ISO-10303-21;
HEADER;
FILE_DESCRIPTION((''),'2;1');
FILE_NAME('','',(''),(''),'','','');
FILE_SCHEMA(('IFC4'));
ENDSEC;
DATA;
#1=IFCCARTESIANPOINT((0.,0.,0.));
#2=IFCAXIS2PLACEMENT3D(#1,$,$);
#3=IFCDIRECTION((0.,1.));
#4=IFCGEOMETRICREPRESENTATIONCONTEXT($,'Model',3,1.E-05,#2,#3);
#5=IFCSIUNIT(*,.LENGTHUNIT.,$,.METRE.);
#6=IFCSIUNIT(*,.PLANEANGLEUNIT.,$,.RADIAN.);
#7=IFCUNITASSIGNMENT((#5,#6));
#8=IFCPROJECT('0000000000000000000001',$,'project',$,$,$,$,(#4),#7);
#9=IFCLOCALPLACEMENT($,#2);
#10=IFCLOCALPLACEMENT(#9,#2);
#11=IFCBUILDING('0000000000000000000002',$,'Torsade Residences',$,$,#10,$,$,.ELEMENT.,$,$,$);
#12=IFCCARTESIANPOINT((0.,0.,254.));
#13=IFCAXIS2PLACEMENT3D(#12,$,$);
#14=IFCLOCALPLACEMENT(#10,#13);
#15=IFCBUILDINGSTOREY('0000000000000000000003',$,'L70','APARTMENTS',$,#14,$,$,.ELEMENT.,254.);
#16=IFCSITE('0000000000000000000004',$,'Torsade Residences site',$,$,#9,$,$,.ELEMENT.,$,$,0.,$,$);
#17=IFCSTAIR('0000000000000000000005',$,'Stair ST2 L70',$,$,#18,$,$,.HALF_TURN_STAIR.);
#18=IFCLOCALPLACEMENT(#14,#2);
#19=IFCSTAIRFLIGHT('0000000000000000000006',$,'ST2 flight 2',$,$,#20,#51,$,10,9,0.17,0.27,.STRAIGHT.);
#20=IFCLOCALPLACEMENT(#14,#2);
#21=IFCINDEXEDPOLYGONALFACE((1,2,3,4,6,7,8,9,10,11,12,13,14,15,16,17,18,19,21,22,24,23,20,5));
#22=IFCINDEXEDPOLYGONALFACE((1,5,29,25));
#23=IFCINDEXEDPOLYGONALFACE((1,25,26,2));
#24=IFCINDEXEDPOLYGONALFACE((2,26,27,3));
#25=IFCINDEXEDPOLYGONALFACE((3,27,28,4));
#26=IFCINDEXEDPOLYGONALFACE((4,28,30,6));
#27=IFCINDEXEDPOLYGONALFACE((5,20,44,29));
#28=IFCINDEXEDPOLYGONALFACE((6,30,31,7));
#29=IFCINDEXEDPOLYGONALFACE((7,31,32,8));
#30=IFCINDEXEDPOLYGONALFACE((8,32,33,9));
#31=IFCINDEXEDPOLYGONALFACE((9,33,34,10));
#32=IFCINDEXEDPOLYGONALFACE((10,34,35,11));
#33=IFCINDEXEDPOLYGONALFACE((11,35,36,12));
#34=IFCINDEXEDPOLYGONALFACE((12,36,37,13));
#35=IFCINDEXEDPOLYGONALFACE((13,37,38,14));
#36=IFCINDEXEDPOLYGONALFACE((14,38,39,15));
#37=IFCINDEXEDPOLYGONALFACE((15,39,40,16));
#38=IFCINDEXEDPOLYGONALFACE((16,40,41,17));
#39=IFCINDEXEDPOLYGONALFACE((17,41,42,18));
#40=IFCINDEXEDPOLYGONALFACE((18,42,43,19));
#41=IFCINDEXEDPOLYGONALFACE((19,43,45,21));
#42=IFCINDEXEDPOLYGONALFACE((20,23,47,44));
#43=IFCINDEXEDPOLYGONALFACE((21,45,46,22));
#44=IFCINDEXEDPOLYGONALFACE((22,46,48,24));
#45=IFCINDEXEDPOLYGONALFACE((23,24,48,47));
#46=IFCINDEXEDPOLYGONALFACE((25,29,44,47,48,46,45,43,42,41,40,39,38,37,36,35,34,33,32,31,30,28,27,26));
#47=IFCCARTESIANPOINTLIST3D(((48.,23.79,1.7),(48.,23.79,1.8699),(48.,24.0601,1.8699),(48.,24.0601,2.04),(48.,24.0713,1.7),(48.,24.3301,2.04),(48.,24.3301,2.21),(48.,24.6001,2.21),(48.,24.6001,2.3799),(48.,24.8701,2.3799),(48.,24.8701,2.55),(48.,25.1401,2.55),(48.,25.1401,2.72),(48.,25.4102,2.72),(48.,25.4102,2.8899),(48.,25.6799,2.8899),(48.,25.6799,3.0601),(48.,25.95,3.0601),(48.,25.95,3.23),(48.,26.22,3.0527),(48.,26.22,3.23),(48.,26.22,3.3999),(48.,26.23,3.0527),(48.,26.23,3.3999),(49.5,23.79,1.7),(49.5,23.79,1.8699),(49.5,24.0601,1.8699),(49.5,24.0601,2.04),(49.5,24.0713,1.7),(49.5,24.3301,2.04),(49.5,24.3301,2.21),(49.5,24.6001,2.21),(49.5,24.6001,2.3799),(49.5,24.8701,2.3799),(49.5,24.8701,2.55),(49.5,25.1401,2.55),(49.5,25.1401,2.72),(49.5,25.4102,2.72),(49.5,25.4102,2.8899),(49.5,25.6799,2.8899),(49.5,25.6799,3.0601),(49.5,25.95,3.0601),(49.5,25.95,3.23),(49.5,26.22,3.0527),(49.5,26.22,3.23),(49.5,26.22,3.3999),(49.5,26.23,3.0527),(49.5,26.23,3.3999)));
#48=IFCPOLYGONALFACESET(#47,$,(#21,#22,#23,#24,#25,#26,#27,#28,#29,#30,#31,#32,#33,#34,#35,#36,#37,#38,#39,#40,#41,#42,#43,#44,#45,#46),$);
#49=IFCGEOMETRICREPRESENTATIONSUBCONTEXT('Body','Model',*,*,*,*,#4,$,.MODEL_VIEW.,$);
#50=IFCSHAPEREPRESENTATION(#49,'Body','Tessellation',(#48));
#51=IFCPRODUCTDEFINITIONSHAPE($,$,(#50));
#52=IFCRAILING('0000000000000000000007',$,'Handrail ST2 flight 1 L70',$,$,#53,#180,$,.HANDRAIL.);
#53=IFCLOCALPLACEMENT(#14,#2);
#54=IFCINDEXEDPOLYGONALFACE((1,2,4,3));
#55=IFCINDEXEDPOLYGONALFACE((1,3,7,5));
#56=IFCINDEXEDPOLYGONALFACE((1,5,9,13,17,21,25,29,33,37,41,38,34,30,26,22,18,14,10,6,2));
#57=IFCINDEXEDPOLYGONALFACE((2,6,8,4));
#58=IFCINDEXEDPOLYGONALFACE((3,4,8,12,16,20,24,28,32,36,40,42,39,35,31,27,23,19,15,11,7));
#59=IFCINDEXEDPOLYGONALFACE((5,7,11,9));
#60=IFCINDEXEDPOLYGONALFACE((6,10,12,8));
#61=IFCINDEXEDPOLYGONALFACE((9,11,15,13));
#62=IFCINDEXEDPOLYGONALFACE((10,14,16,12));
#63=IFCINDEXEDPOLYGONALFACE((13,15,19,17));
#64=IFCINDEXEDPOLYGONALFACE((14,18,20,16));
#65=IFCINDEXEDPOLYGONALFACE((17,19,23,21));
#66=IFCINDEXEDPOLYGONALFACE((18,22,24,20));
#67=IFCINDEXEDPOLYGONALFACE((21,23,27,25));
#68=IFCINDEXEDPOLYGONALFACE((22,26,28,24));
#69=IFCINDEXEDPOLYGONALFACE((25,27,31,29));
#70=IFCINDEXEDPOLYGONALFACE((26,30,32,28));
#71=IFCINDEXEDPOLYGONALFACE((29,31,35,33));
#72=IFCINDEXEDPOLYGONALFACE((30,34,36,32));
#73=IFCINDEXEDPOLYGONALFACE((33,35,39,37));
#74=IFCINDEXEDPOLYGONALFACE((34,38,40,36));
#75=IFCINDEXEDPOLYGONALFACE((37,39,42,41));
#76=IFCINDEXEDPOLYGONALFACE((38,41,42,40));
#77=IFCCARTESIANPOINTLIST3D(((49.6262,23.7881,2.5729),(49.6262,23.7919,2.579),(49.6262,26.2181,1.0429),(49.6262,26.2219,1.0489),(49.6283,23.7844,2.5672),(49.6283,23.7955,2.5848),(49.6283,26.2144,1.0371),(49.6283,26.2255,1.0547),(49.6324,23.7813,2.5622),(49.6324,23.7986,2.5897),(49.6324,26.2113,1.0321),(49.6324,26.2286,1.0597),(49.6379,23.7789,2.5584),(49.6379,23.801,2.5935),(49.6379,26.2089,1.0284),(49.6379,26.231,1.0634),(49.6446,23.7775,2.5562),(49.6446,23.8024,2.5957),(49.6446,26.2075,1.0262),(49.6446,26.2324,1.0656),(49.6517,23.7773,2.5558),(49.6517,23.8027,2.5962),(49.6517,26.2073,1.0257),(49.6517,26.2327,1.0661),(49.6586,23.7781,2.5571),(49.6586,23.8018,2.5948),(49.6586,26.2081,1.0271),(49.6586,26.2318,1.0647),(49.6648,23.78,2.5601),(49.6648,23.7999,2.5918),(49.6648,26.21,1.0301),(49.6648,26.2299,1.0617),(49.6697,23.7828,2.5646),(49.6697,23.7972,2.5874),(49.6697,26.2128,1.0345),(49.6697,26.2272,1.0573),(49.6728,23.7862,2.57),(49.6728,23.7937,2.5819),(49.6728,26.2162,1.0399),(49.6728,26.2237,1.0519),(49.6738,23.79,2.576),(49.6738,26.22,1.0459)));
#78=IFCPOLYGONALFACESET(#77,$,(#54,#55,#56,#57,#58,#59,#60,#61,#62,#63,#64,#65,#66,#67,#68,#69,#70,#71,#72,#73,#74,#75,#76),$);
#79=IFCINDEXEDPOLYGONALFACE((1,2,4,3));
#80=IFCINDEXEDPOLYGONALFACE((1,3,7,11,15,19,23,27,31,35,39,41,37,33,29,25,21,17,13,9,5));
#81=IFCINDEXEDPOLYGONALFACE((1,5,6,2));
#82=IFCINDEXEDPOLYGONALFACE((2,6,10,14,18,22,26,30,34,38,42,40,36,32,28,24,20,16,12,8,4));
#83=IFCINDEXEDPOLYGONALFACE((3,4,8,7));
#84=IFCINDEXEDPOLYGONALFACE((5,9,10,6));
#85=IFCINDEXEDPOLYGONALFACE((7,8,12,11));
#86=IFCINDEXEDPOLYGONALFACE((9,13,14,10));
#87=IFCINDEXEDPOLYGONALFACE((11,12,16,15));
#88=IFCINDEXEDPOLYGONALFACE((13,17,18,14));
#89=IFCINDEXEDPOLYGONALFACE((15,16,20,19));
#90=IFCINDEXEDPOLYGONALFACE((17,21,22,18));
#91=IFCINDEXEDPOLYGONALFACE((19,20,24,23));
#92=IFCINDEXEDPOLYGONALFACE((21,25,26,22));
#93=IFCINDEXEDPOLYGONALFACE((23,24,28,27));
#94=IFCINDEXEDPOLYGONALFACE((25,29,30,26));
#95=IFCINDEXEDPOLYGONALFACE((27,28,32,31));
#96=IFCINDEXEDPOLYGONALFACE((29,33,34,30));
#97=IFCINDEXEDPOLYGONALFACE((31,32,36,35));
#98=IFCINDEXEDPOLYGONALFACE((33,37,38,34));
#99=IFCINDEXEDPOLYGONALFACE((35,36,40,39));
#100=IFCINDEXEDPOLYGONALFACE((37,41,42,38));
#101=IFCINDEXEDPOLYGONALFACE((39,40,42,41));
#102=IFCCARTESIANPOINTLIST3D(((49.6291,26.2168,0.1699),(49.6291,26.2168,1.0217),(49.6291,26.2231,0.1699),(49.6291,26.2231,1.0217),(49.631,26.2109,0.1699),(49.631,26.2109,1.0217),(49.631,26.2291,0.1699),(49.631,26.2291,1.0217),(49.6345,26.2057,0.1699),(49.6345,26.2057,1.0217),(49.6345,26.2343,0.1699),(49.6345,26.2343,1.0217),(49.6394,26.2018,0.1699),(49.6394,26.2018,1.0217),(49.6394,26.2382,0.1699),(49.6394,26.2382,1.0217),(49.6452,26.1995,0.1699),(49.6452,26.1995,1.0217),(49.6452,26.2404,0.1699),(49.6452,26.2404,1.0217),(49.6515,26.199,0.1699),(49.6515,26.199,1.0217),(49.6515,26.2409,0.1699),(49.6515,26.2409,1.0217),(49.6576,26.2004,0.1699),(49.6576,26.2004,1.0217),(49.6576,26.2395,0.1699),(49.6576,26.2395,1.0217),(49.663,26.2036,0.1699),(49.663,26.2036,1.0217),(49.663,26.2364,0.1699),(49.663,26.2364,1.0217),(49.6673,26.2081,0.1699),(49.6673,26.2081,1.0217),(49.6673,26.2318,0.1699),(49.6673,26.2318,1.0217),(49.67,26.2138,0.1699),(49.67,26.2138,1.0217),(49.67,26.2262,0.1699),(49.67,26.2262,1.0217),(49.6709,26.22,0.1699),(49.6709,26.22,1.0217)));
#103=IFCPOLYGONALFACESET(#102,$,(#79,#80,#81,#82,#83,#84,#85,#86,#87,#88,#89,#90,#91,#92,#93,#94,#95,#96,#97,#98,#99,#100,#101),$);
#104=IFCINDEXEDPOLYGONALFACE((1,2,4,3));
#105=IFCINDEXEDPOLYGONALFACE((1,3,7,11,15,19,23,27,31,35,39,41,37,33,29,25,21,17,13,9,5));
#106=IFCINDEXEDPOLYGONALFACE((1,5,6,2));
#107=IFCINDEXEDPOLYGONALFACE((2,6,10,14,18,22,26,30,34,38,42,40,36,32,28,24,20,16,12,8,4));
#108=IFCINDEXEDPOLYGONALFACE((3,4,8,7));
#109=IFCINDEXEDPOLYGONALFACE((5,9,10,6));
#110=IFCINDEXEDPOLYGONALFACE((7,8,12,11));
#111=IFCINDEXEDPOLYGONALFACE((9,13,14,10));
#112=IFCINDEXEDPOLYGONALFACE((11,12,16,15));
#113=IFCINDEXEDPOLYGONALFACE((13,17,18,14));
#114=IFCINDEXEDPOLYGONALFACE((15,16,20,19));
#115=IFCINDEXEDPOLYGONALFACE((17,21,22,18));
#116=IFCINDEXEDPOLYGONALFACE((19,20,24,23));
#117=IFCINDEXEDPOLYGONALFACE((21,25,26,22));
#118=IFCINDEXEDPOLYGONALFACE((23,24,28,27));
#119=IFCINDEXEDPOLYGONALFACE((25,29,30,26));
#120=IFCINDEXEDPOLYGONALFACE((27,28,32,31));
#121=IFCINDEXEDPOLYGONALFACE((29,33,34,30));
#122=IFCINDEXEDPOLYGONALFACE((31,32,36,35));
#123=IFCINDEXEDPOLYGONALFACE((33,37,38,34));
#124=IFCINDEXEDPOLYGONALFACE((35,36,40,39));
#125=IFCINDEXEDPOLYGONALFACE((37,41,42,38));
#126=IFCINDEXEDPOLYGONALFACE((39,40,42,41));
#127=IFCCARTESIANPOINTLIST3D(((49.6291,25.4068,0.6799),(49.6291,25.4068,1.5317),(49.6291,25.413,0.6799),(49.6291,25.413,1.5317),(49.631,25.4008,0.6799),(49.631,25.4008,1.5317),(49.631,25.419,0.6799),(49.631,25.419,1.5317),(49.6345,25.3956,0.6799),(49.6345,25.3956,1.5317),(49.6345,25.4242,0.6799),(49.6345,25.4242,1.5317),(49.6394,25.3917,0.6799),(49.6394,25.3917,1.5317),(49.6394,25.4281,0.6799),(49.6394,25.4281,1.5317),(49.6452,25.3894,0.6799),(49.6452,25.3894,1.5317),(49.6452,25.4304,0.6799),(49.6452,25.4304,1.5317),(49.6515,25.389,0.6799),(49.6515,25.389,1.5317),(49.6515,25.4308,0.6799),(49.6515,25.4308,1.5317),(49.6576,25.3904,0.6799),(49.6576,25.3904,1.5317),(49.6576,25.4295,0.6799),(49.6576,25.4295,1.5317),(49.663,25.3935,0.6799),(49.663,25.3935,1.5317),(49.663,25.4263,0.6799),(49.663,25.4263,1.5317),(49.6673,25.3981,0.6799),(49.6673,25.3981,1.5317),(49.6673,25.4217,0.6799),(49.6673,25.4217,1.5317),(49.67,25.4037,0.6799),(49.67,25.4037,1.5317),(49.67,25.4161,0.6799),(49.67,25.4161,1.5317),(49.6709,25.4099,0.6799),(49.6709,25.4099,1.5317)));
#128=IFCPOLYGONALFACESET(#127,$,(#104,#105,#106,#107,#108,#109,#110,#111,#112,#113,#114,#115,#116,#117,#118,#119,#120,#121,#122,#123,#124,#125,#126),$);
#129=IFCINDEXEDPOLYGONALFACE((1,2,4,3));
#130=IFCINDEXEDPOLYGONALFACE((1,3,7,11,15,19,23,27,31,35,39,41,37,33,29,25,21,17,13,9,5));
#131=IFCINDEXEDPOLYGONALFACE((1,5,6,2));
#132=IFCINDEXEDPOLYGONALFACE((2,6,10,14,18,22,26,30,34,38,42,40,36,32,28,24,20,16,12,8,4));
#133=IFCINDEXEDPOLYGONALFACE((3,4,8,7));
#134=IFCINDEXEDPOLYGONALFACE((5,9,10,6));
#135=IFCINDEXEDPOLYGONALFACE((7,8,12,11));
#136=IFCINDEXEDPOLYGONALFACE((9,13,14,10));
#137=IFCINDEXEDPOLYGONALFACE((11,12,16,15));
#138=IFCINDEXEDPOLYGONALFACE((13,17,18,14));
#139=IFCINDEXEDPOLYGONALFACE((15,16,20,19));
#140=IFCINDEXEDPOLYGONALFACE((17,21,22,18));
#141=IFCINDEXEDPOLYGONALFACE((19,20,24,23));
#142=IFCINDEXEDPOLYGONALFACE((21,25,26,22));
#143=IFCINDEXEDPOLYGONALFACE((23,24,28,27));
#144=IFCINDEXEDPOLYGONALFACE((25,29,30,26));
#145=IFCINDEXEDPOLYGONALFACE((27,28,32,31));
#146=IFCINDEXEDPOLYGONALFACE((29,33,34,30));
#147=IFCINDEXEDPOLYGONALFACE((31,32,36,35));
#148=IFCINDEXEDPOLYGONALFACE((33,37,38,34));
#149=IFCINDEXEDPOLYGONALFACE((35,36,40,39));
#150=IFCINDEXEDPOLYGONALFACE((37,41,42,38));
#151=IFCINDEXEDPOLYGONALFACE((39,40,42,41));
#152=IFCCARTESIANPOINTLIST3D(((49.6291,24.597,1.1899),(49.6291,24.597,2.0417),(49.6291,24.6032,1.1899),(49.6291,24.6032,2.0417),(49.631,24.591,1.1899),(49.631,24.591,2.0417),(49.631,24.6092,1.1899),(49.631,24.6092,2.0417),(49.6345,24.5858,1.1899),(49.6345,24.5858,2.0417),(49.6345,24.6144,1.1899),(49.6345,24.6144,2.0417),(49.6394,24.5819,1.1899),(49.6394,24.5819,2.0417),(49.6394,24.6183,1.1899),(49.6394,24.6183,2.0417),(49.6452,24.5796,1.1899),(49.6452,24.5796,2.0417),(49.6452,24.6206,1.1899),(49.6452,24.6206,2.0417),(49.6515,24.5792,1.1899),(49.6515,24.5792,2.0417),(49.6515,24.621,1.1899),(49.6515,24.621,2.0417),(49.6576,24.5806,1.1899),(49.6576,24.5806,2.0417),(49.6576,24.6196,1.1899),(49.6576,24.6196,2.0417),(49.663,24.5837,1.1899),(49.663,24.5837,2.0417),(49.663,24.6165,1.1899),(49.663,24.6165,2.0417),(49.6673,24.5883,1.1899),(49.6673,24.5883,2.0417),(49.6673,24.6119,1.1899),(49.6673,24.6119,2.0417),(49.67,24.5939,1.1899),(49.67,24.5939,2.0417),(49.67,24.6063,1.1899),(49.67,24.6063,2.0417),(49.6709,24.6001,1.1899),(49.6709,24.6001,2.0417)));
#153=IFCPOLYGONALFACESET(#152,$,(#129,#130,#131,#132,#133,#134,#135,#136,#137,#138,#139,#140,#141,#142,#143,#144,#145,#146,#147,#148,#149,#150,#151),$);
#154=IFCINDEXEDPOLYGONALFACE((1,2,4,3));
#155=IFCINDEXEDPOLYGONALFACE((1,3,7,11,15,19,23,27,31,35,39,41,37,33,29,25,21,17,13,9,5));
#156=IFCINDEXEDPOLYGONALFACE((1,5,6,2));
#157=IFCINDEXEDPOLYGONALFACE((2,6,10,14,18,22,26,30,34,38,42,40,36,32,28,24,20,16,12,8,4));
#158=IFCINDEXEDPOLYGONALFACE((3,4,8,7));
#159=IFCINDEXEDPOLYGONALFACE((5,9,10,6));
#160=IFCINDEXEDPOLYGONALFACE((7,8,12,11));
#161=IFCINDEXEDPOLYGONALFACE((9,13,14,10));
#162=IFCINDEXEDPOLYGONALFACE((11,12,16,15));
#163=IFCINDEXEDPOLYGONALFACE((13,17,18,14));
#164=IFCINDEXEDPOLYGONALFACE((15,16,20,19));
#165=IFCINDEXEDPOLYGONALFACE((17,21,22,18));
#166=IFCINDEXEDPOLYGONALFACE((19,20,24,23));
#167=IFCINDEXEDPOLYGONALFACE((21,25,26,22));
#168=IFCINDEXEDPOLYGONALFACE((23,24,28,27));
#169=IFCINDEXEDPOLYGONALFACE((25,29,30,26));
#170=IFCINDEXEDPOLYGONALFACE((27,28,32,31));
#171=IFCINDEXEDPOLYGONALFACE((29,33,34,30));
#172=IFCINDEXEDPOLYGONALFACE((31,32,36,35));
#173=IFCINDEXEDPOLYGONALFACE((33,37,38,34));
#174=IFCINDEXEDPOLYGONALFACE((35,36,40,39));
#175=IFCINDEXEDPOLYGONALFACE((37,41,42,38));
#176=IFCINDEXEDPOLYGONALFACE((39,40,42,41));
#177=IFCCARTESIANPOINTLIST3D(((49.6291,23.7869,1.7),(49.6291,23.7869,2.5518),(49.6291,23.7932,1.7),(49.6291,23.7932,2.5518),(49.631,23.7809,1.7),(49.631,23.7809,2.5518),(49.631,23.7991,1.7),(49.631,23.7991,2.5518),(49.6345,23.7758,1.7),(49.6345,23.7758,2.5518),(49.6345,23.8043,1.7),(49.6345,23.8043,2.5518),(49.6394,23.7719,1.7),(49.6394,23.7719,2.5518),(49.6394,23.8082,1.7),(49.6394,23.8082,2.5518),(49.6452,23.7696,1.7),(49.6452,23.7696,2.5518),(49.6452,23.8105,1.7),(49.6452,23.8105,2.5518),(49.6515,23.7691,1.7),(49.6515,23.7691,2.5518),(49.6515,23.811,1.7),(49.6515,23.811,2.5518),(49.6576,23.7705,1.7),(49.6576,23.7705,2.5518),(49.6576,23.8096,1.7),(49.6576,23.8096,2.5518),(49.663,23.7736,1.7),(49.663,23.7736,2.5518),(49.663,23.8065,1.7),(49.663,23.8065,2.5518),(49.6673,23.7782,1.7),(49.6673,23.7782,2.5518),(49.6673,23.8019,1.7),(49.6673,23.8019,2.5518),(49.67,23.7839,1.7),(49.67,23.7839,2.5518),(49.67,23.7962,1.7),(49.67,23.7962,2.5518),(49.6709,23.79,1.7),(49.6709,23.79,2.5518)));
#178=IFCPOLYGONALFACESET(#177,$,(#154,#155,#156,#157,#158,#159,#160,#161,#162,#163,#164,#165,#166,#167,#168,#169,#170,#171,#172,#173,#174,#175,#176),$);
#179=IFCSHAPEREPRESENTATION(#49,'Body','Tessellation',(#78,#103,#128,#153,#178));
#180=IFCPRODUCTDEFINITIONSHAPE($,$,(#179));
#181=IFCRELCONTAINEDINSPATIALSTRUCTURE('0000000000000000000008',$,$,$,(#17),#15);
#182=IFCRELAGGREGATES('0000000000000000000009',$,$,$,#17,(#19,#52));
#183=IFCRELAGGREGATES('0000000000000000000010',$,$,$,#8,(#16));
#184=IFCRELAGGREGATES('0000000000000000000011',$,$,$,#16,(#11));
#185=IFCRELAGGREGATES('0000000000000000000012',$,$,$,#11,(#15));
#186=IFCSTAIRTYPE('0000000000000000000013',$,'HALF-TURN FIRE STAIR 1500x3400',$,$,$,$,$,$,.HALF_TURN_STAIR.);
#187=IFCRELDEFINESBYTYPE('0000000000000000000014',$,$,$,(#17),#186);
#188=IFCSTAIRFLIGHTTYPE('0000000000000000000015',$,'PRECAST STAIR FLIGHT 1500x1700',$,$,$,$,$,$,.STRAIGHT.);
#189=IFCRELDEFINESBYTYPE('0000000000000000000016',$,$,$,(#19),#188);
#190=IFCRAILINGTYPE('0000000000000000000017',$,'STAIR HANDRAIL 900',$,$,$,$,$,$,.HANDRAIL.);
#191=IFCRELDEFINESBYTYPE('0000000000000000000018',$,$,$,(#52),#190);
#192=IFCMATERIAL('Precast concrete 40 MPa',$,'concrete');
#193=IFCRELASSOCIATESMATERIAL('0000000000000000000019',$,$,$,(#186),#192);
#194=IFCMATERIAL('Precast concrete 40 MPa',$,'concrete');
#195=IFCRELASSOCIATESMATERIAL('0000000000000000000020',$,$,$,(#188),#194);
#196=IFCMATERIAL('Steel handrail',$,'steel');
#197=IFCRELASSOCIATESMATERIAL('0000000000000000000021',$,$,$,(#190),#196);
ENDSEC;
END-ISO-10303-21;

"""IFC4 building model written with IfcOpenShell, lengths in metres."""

from ifc_helpers import new_model, si_unit, direction, frame, origin, origin_2d, place, context, subcontext, project, spatial, polyline, circle, outline, extrude, material, type_object, element, aggregate, save


model = new_model("IFC4")

# Units and contexts
model_context = context("Model", 3, precision=1e-05, world=origin(), true_north=direction((0.0, 1.0)))
body_context = subcontext(model_context, "Body", "Model", "MODEL_VIEW")
ifc_project = project(units=[si_unit("LENGTHUNIT", "METRE"), si_unit("PLANEANGLEUNIT", "RADIAN")], contexts=[model_context])

# Site, building, storey
site_placement = place(None, origin())
site = spatial("IfcSite", under=ifc_project, at=site_placement, Name="Torsade Residences site", CompositionType="ELEMENT", RefElevation=0.0)
building_placement = place(site_placement, origin())
building = spatial("IfcBuilding", under=site, at=building_placement, Name="Torsade Residences", CompositionType="ELEMENT")
storey_placement = place(building_placement, frame((0.0, 0.0, 254.0)))
storey = spatial("IfcBuildingStorey", under=building, at=storey_placement, Name="L70", Description="APARTMENTS", CompositionType="ELEMENT", Elevation=254.0)

# Stair, stair flight, railing
ifc_material_1 = material(Name="Precast concrete 40 MPa", Category="concrete")
stair_type = type_object("IfcStairType", Name="HALF-TURN FIRE STAIR 1500x3400", PredefinedType="HALF_TURN_STAIR", material=ifc_material_1)
stair_placement = place(storey_placement, origin())
stair = element("IfcStair", 1, at=stair_placement, inside=storey, type_object=stair_type, Name="Stair ST2 L70", PredefinedType="HALF_TURN_STAIR")
ifc_material_2 = material(Name="Precast concrete 40 MPa", Category="concrete")
stair_flight_type = type_object("IfcStairFlightType", Name="PRECAST STAIR FLIGHT 1500x1700", PredefinedType="STRAIGHT", material=ifc_material_2)
stair_flight_1_placement = place(storey_placement, frame((48.75, 23.79, 1.7), z_axis=(0.0, 0.0, 1.0), x_axis=(0.0, 1.0, 0.0)))
stair_flight_1 = element("IfcStairFlight", 2, at=stair_flight_1_placement, type_object=stair_flight_type, Name="ST2 flight 2", NumberOfRisers=10, NumberOfTreads=9, PredefinedType="STRAIGHT", RiserHeight=0.17, TreadLength=0.27, context=body_context, shape_type="SweptSolid", body=[
    extrude(outline(polyline([(0.0, 0.0), (0.0, 0.1699), (0.27, 0.1699), (0.27, 0.3401), (0.54, 0.3401), (0.54, 0.51), (0.8101, 0.51), (0.8101, 0.6799), (1.0801, 0.6799), (1.0801, 0.8501), (1.3501, 0.8501), (1.3501, 1.02), (1.6201, 1.02), (1.6201, 1.1899), (1.8899, 1.1899), (1.8899, 1.3601), (2.1599, 1.3601), (2.1599, 1.53), (2.4299, 1.53), (2.4299, 1.7), (2.4399, 1.7), (2.4399, 1.3528), (2.4299, 1.3528), (0.2812, 0.0), (0.0, 0.0)])), frame((0.0, 0.75, 0.0), z_axis=(0.0, -1.0, 0.0), x_axis=(1.0, 0.0, 0.0)), (0.0, 0.0, 1.0), 1.5),
])
ifc_material_3 = material(Name="Steel handrail", Category="steel")
railing_type = type_object("IfcRailingType", Name="STAIR HANDRAIL 900", PredefinedType="HANDRAIL", material=ifc_material_3)
railing_1_placement = place(storey_placement, frame((49.6499, 26.22, 0.1699)))
railing_1 = element("IfcRailing", 3, at=railing_1_placement, type_object=railing_type, Name="Handrail ST2 flight 1 L70", PredefinedType="HANDRAIL", context=body_context, shape_type="SweptSolid", body=[
    extrude(circle(Radius=0.0239, at=origin_2d()), frame((0.0, 0.0, 0.876), z_axis=(0.0, -0.846221, 0.532831), x_axis=(1.0, 0.0, 0.0)), (0.0, 0.0, 1.0), 2.8716),
    extrude(circle(Radius=0.021, at=origin_2d()), origin(), (0.0, 0.0, 1.0), 0.8518),
    extrude(circle(Radius=0.021, at=origin_2d()), frame((0.0, -0.8101, 0.51)), (0.0, 0.0, 1.0), 0.8518),
    extrude(circle(Radius=0.021, at=origin_2d()), frame((0.0, -1.6199, 1.02)), (0.0, 0.0, 1.0), 0.8518),
    extrude(circle(Radius=0.021, at=origin_2d()), frame((0.0, -2.4299, 1.53)), (0.0, 0.0, 1.0), 0.8518),
])
aggregate(stair, [stair_flight_1, railing_1])

save(model, "model.ifc")
